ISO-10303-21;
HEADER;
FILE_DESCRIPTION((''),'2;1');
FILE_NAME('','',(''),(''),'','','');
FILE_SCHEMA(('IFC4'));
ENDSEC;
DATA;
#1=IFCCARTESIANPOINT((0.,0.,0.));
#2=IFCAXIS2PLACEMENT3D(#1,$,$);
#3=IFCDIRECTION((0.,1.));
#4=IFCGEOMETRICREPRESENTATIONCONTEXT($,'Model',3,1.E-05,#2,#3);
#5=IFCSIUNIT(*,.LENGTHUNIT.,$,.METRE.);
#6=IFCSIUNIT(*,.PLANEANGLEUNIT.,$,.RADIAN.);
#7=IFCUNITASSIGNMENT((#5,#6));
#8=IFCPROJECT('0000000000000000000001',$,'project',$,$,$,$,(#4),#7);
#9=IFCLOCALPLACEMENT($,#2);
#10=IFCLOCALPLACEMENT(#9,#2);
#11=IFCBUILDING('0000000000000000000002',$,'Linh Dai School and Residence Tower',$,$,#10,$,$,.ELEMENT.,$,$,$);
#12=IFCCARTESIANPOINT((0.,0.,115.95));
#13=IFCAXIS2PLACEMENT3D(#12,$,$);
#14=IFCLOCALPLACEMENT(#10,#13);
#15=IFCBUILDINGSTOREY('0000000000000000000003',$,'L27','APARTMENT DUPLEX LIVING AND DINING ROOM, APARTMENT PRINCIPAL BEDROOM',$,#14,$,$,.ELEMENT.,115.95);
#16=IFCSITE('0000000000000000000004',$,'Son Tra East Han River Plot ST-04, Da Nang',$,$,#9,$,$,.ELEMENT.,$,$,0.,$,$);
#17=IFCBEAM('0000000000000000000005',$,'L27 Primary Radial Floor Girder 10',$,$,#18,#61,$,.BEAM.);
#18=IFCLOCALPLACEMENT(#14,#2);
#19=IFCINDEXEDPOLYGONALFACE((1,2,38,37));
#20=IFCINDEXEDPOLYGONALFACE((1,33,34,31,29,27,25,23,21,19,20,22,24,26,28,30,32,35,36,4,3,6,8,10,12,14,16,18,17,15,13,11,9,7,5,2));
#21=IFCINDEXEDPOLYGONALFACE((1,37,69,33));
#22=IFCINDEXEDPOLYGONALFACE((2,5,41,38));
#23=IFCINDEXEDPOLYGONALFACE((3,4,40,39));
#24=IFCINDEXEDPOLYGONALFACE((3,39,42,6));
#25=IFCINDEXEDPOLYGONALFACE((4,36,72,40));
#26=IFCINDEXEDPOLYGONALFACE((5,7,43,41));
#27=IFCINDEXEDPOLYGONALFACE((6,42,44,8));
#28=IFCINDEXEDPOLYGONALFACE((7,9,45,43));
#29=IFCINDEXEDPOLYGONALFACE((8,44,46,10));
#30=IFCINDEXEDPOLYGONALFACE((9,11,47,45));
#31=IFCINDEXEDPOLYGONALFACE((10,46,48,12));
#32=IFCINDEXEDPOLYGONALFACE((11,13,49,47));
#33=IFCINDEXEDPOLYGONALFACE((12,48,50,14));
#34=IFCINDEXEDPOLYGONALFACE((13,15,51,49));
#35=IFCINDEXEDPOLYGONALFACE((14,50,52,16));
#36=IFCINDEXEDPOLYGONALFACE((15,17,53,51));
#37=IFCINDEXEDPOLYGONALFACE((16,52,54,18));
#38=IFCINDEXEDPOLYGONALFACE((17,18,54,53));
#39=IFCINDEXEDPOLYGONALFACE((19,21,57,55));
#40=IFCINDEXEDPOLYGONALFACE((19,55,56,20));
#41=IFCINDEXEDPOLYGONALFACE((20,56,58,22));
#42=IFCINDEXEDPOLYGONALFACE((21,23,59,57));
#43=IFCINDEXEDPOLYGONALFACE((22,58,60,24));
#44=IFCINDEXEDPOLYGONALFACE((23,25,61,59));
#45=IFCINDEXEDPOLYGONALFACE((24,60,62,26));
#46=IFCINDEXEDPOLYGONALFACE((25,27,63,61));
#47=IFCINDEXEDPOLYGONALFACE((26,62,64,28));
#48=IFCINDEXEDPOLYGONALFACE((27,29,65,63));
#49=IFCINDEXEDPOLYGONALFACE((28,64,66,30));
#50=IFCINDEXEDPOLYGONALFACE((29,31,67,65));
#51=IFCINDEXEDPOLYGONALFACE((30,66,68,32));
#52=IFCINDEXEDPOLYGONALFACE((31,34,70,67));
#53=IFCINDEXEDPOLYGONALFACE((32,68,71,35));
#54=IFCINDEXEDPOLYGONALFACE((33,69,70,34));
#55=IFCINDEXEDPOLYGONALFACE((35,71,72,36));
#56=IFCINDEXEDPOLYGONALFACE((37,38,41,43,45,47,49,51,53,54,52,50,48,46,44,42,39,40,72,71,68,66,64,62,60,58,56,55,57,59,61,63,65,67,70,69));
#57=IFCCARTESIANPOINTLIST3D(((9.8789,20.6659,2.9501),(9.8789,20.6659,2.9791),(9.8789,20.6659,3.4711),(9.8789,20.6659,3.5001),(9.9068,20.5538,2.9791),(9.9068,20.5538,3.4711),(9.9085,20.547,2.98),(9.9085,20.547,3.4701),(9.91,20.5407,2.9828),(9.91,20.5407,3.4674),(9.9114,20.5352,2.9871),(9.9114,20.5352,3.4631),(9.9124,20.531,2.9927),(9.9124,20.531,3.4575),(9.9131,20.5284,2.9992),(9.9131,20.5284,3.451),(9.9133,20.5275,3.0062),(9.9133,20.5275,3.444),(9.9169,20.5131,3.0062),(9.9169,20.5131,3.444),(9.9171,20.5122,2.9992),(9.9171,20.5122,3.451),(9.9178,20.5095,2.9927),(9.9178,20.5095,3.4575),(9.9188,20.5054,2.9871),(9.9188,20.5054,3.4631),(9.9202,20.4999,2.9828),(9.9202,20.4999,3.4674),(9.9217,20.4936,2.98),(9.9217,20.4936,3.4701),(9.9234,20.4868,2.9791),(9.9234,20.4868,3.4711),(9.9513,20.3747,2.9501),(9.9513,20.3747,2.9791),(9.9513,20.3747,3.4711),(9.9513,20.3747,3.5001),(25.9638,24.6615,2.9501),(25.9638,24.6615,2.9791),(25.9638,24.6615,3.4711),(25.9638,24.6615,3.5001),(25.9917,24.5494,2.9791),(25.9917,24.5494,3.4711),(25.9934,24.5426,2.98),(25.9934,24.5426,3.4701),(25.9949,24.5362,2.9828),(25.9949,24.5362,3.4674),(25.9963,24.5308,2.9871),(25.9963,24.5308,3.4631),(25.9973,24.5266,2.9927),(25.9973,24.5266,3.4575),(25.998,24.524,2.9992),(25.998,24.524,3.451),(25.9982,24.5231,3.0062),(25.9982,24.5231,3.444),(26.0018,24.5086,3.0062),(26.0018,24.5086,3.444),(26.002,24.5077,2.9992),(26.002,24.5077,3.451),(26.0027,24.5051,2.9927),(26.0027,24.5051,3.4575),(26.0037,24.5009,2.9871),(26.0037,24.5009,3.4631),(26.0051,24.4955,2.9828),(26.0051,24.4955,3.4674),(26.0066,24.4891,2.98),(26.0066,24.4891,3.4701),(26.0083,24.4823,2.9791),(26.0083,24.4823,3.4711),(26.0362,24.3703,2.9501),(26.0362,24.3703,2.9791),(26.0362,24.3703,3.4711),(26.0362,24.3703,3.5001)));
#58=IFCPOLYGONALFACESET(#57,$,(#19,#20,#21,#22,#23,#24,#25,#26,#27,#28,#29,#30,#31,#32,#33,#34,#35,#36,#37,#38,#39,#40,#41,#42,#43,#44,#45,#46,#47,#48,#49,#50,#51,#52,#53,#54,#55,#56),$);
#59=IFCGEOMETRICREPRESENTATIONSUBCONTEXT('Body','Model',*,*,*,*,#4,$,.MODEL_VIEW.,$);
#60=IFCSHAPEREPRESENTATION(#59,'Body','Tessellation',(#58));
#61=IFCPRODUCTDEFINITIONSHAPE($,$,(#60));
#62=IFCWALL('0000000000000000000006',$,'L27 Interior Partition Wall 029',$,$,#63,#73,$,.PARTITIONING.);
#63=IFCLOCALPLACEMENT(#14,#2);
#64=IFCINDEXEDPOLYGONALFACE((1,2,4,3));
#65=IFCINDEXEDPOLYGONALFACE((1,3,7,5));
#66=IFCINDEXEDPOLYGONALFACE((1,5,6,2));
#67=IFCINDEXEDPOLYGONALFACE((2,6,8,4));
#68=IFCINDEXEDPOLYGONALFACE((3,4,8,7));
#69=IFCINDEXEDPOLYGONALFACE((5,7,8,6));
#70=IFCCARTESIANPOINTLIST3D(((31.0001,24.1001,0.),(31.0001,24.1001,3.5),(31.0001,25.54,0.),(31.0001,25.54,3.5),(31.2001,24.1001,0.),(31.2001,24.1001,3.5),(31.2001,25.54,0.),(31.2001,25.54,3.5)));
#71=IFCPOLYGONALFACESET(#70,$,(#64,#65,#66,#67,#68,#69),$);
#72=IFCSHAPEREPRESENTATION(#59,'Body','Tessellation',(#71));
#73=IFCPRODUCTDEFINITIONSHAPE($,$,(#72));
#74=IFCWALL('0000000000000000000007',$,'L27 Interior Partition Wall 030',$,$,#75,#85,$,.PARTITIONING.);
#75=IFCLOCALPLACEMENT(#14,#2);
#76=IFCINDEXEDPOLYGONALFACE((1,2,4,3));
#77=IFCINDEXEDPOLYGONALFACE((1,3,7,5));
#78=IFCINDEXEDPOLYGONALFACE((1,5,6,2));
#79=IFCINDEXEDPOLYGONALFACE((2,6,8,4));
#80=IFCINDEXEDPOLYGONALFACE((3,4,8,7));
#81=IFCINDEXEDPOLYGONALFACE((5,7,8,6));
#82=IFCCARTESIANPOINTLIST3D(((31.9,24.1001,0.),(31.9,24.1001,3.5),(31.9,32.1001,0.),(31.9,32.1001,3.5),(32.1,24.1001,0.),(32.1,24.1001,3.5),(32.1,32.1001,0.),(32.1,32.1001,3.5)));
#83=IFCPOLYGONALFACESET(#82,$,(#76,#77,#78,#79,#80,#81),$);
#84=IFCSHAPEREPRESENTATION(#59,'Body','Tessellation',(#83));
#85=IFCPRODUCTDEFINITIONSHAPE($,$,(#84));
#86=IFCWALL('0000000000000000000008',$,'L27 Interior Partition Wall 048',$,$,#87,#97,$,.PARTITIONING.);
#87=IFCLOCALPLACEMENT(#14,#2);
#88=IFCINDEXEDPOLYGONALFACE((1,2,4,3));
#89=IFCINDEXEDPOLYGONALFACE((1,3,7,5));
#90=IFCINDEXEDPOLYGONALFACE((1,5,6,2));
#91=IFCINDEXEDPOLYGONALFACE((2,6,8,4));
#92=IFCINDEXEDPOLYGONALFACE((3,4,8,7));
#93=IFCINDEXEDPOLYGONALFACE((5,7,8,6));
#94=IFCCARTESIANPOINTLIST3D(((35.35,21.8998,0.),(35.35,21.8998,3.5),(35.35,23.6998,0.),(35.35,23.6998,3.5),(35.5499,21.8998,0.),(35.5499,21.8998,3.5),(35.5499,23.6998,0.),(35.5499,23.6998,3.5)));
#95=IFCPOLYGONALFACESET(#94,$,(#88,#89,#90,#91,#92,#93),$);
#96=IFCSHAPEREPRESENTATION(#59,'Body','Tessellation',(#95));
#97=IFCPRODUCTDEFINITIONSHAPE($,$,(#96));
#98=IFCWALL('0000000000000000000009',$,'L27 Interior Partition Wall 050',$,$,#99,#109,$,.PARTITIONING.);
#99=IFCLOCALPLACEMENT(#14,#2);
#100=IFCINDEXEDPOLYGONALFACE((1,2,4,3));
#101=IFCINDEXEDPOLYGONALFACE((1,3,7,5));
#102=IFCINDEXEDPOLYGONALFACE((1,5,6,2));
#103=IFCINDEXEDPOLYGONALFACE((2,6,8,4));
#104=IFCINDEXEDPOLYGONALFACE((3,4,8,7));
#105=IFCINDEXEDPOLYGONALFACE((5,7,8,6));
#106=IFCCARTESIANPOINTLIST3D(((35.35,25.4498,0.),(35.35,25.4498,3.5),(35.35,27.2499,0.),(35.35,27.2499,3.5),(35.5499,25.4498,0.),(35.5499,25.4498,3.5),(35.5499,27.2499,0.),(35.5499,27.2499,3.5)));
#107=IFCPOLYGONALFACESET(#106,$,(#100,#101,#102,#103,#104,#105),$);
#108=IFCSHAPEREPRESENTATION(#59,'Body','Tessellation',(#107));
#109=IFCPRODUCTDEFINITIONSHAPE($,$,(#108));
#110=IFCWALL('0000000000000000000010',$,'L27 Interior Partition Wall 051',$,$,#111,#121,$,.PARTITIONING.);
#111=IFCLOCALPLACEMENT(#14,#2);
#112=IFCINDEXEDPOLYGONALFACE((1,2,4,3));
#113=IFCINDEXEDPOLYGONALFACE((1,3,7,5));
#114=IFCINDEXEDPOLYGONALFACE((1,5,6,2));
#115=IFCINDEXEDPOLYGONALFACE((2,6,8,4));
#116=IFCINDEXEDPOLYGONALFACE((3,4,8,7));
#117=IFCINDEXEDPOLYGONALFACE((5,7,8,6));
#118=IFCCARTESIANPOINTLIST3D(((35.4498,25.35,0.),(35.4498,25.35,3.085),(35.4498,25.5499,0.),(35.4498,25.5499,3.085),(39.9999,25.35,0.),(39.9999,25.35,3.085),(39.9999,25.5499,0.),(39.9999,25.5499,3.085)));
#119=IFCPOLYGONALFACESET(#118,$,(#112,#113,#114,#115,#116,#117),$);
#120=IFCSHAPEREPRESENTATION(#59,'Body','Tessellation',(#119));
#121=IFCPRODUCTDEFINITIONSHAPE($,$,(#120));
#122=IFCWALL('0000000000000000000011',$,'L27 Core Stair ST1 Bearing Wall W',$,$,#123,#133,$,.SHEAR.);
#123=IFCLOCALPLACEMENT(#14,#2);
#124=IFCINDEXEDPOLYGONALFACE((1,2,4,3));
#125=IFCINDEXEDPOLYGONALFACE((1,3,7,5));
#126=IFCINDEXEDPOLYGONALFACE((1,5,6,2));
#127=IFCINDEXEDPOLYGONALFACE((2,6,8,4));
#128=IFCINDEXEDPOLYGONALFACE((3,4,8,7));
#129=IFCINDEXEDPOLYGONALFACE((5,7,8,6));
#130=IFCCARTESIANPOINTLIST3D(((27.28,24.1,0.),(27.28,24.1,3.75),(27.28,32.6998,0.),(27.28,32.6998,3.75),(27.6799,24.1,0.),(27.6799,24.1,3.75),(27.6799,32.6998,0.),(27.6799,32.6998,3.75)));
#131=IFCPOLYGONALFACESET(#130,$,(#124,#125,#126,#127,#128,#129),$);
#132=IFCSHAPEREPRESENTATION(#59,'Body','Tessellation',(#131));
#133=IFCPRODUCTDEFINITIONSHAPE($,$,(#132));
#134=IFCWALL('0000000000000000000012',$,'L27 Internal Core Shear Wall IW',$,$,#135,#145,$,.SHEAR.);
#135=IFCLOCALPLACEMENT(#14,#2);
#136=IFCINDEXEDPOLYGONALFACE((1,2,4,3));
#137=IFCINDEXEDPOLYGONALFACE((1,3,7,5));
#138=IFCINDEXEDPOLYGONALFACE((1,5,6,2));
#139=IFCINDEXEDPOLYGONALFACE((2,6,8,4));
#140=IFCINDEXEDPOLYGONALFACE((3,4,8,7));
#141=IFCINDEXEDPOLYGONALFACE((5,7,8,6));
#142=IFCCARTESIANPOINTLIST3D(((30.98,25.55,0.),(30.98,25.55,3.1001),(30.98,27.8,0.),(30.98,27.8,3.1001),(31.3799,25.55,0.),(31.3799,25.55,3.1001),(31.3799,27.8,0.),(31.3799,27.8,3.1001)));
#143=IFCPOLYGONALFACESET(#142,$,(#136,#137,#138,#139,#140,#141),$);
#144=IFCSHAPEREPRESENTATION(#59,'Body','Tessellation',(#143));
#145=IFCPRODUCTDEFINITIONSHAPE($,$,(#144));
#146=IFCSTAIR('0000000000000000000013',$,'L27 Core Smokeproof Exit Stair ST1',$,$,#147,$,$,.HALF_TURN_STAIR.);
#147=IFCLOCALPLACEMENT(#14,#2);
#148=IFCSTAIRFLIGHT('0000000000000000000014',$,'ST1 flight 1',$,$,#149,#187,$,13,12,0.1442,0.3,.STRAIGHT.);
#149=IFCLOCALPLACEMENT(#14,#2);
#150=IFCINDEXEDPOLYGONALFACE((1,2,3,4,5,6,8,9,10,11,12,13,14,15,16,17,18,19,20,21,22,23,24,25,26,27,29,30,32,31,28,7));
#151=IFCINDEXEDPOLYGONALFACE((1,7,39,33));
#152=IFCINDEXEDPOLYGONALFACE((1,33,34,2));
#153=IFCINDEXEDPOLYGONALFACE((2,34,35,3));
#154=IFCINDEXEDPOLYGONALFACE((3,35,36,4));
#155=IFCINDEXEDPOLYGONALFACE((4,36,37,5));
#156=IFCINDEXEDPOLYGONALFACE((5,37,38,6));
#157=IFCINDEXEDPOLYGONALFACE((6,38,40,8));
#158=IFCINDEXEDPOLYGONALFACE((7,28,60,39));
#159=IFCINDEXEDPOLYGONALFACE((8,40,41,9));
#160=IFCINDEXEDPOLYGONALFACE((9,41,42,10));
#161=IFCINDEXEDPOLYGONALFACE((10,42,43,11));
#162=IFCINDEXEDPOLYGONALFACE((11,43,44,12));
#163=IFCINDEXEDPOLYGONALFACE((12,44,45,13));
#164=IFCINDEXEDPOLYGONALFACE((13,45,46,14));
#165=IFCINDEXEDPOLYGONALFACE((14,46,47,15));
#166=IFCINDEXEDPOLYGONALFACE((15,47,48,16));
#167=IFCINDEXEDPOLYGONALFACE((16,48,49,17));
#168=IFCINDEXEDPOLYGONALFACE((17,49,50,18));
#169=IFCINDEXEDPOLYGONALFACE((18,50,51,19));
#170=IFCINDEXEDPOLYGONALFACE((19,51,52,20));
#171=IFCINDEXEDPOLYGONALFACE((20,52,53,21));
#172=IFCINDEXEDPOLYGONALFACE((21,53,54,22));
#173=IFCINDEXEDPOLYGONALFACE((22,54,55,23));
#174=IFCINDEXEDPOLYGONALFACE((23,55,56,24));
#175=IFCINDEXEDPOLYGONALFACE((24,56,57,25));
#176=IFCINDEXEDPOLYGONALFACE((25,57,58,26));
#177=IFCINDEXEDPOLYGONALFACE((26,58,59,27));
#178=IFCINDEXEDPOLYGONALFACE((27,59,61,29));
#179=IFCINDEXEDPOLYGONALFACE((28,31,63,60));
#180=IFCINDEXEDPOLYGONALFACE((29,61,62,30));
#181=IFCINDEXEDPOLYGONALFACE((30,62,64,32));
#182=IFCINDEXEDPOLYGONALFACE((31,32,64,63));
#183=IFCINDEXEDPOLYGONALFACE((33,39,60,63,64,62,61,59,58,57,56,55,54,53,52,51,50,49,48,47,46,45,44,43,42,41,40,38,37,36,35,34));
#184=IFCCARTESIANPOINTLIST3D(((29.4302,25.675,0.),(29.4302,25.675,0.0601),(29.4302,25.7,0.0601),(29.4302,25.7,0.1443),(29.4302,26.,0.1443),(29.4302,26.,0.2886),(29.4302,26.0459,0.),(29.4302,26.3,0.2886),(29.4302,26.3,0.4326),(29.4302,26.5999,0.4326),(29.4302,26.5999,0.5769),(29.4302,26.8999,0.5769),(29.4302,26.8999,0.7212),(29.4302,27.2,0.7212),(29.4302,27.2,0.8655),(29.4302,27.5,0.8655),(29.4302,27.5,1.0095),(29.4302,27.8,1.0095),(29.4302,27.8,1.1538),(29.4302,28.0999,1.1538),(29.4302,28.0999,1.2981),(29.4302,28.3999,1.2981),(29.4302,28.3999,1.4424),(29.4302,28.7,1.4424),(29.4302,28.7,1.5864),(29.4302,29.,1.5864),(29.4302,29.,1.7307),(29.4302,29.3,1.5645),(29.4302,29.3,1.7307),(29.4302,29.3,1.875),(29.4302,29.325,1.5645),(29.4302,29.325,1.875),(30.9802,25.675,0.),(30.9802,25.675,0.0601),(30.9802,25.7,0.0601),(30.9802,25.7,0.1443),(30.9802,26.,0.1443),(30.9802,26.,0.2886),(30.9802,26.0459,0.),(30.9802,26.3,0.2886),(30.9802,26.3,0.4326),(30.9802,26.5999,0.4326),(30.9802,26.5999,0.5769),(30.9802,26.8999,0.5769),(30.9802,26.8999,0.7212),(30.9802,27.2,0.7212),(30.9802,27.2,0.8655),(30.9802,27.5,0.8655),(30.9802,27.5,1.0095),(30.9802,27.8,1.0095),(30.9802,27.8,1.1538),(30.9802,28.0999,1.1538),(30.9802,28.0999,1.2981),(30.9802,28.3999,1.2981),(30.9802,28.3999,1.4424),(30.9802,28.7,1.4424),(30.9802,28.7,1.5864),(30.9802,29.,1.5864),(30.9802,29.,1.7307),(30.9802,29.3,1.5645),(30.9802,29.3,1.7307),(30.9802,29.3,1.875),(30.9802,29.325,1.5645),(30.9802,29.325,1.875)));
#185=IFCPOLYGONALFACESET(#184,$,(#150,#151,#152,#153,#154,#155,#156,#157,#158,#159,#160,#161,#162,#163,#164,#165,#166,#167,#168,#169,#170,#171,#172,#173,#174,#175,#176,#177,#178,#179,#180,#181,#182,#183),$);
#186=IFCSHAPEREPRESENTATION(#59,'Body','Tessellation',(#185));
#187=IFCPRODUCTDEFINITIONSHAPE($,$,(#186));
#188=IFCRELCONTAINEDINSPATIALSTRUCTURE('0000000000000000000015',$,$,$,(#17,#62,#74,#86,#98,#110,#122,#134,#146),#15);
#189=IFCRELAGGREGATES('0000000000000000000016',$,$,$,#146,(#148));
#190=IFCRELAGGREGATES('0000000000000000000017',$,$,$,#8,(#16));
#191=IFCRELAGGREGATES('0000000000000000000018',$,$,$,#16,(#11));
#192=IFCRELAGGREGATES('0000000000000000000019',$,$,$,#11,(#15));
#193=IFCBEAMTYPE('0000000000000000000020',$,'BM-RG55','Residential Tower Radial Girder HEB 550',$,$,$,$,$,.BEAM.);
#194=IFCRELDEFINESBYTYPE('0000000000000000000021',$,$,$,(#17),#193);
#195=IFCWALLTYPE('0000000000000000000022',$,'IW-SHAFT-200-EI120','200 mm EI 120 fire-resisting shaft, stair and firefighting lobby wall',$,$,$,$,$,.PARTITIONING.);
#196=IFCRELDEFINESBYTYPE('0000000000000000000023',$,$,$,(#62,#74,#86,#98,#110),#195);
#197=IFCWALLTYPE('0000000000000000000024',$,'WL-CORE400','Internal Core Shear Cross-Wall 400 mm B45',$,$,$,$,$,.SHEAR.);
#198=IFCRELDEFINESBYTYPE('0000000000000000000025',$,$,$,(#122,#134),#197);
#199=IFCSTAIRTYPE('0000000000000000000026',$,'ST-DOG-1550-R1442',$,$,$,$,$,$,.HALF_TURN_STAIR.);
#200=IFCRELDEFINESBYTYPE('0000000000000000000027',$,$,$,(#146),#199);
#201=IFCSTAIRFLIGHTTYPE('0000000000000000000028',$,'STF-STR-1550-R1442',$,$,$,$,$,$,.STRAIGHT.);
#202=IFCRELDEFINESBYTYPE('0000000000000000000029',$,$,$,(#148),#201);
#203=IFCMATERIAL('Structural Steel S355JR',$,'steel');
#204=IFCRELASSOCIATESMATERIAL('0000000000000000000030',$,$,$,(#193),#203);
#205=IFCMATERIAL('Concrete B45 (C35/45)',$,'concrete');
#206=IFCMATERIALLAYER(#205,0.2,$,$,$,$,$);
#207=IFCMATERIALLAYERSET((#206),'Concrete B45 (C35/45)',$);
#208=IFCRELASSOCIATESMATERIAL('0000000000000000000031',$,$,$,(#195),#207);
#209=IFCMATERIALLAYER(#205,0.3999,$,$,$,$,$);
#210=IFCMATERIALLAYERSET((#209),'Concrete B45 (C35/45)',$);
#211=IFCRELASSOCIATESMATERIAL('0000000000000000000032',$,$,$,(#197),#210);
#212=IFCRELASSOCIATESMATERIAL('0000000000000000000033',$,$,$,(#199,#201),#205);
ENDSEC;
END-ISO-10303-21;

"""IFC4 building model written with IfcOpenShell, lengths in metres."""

from ifc_helpers import new_model, si_unit, direction, frame, frame_2d, origin, origin_2d, place, context, subcontext, project, spatial, polyline, rectangle, i_section, outline, extrude, source, transform, mapped, material, layer, layer_set, material_profile, profile_set, type_object, element, aggregate, save


model = new_model("IFC4")

# Units and contexts
model_context = context("Model", 3, precision=1e-05, world=origin(), true_north=direction((0.0, 1.0)))
body_context = subcontext(model_context, "Body", "Model", "MODEL_VIEW")
ifc_project = project(units=[si_unit("LENGTHUNIT", "METRE"), si_unit("PLANEANGLEUNIT", "RADIAN")], contexts=[model_context])

# Site, building, storey
site_placement = place(None, origin())
site = spatial("IfcSite", under=ifc_project, at=site_placement, Name="Son Tra East Han River Plot ST-04, Da Nang", CompositionType="ELEMENT", RefElevation=0.0)
building_placement = place(site_placement, origin())
building = spatial("IfcBuilding", under=site, at=building_placement, Name="Linh Dai School and Residence Tower", CompositionType="ELEMENT")
storey_placement = place(building_placement, frame((0.0, 0.0, 115.95)))
storey = spatial("IfcBuildingStorey", under=building, at=storey_placement, Name="L27", Description="APARTMENT DUPLEX LIVING AND DINING ROOM, APARTMENT PRINCIPAL BEDROOM", CompositionType="ELEMENT", Elevation=115.95)

# Shared definitions
ifc_material_1 = material(Name="Structural Steel S355JR", Category="steel")

# Beam
ifc_material_profile_1 = material_profile(ifc_material_1, i_section(OverallWidth=0.3, OverallDepth=0.55, WebThickness=0.0149, FlangeThickness=0.0291, FilletRadius=0.0271, at=origin_2d()), Name="HEB 550")
ifc_profile_set_1 = profile_set([ifc_material_profile_1], Name="Structural Steel S355JR")
beam_type = type_object("IfcBeamType", Name="BM-RG55", Description="Residential Tower Radial Girder HEB 550", PredefinedType="BEAM", material=ifc_profile_set_1)
beam_placement = place(storey_placement, frame((26.0, 24.5159, 3.2251), z_axis=(-0.970505, -0.24108, 0.0), x_axis=(0.24108, -0.970505, 0.0)))
element("IfcBeam", 1, at=beam_placement, inside=storey, type_object=beam_type, Name="L27 Primary Radial Floor Girder 10", PredefinedType="BEAM", context=body_context, shape_type="SweptSolid", body=[
    extrude(i_section(OverallWidth=0.3, OverallDepth=0.55, WebThickness=0.0149, FlangeThickness=0.0291, FilletRadius=0.0271, at=origin_2d()), origin(), (0.0, 0.0, 1.0), 16.5737),
])

# Shared definitions
ifc_material_2 = material(Name="Concrete B45 (C35/45)", Category="concrete")
ifc_layer_1 = layer(ifc_material_2, 0.2)
ifc_layer_set_1 = layer_set([ifc_layer_1], Name="Concrete B45 (C35/45)")
wall_type_1 = type_object("IfcWallType", Name="IW-SHAFT-200-EI120", Description="200 mm EI 120 fire-resisting shaft, stair and firefighting lobby wall", PredefinedType="PARTITIONING", material=ifc_layer_set_1)

# Walls
wall_1_placement = place(storey_placement, frame((31.1001, 24.1001, 0.0), z_axis=(0.0, 0.0, 1.0), x_axis=(0.0, 1.0, 0.0)))
element("IfcWall", 2, at=wall_1_placement, inside=storey, type_object=wall_type_1, Name="L27 Interior Partition Wall 029", PredefinedType="PARTITIONING", context=body_context, shape_type="SweptSolid", body=[
    extrude(rectangle(XDim=1.4399, YDim=0.2, at=frame_2d((0.72, 0.0))), origin(), (0.0, 0.0, 1.0), 3.5),
])
wall_2_placement = place(storey_placement, frame((32.0, 24.1001, 0.0), z_axis=(0.0, 0.0, 1.0), x_axis=(0.0, 1.0, 0.0)))
element("IfcWall", 3, at=wall_2_placement, inside=storey, type_object=wall_type_1, Name="L27 Interior Partition Wall 030", PredefinedType="PARTITIONING", context=body_context, shape_type="SweptSolid", body=[
    extrude(rectangle(XDim=8.0, YDim=0.2, at=frame_2d((4.0, 0.0))), origin(), (0.0, 0.0, 1.0), 3.5),
])

# Wall
wall_3_placement = place(storey_placement, frame((35.45, 21.8999, 0.0), z_axis=(0.0, 0.0, 1.0), x_axis=(0.0, 1.0, 0.0)))
element("IfcWall", 4, at=wall_3_placement, inside=storey, type_object=wall_type_1, Name="L27 Interior Partition Wall 048", PredefinedType="PARTITIONING", context=body_context, shape_type="SweptSolid", body=[
    extrude(rectangle(XDim=1.8, YDim=0.2, at=frame_2d((0.8999, 0.0))), origin(), (0.0, 0.0, 1.0), 3.5),
])

# Walls
wall_4_placement = place(storey_placement, frame((35.45, 25.45, 0.0), z_axis=(0.0, 0.0, 1.0), x_axis=(0.0, 1.0, 0.0)))
element("IfcWall", 5, at=wall_4_placement, inside=storey, type_object=wall_type_1, Name="L27 Interior Partition Wall 050", PredefinedType="PARTITIONING", context=body_context, shape_type="SweptSolid", body=[
    extrude(rectangle(XDim=1.8, YDim=0.2, at=frame_2d((0.8999, 0.0))), origin(), (0.0, 0.0, 1.0), 3.5),
])
wall_5_placement = place(storey_placement, frame((35.45, 25.45, 0.0), z_axis=(0.0, 0.0, 1.0), x_axis=(1.0, 0.0, 0.0)))
element("IfcWall", 6, at=wall_5_placement, inside=storey, type_object=wall_type_1, Name="L27 Interior Partition Wall 051", PredefinedType="PARTITIONING", context=body_context, shape_type="SweptSolid", body=[
    extrude(rectangle(XDim=4.55, YDim=0.2, at=frame_2d((2.2749, 0.0))), origin(), (0.0, 0.0, 1.0), 3.085),
])
ifc_layer_2 = layer(ifc_material_2, 0.3999)
ifc_layer_set_2 = layer_set([ifc_layer_2], Name="Concrete B45 (C35/45)")
wall_type_2 = type_object("IfcWallType", Name="WL-CORE400", Description="Internal Core Shear Cross-Wall 400 mm B45", PredefinedType="SHEAR", material=ifc_layer_set_2)
wall_6_placement = place(storey_placement, frame((27.48, 24.1001, 0.0), z_axis=(0.0, 0.0, 1.0), x_axis=(0.0, 1.0, 0.0)))
element("IfcWall", 7, at=wall_6_placement, inside=storey, type_object=wall_type_2, Name="L27 Core Stair ST1 Bearing Wall W", PredefinedType="SHEAR", context=body_context, shape_type="SweptSolid", body=[
    extrude(rectangle(XDim=8.5999, YDim=0.3999, at=frame_2d((4.2998, 0.0))), origin(), (0.0, 0.0, 1.0), 3.75),
])
wall_7_placement = place(storey_placement, frame((31.1799, 25.55, 0.0), z_axis=(0.0, 0.0, 1.0), x_axis=(0.0, 1.0, 0.0)))
element("IfcWall", 8, at=wall_7_placement, inside=storey, type_object=wall_type_2, Name="L27 Internal Core Shear Wall IW", PredefinedType="SHEAR", context=body_context, shape_type="SweptSolid", body=[
    extrude(rectangle(XDim=2.25, YDim=0.3999, at=frame_2d((1.125, 0.0))), origin(), (0.0, 0.0, 1.0), 3.1001),
])

# Stair, stair flight
stair_type = type_object("IfcStairType", Name="ST-DOG-1550-R1442", PredefinedType="HALF_TURN_STAIR", material=ifc_material_2)
stair_placement = place(storey_placement, origin())
stair = element("IfcStair", 9, at=stair_placement, inside=storey, type_object=stair_type, Name="L27 Core Smokeproof Exit Stair ST1", PredefinedType="HALF_TURN_STAIR")
stair_flight_type = type_object("IfcStairFlightType", Name="STF-STR-1550-R1442", PredefinedType="STRAIGHT", material=ifc_material_2)
shared_shape_1 = source(origin(), body_context, "Body", "SweptSolid", [
    extrude(outline(polyline([(-0.0249, 0.0), (-0.0249, 0.0601), (0.0, 0.0601), (0.0, 0.1443), (0.3, 0.1443), (0.3, 0.2886), (0.6001, 0.2886), (0.6001, 0.4326), (0.8999, 0.4326), (0.8999, 0.5769), (1.2, 0.5769), (1.2, 0.7212), (1.5, 0.7212), (1.5, 0.8655), (1.8, 0.8655), (1.8, 1.0095), (2.1001, 1.0095), (2.1001, 1.1538), (2.3999, 1.1538), (2.3999, 1.2981), (2.7, 1.2981), (2.7, 1.4424), (3.0, 1.4424), (3.0, 1.5864), (3.3, 1.5864), (3.3, 1.7307), (3.6001, 1.7307), (3.6001, 1.875), (3.625, 1.875), (3.625, 1.5645), (3.6001, 1.5645), (0.3459, 0.0), (-0.0249, 0.0)])), frame((0.0, 0.7749, 0.0), z_axis=(0.0, -1.0, 0.0), x_axis=(1.0, 0.0, 0.0)), (0.0, 0.0, 1.0), 1.55),
])
stair_flight_placement = place(storey_placement, frame((30.2051, 25.7, 0.0), z_axis=(0.0, 0.0, 1.0), x_axis=(0.0, 1.0, 0.0)))
stair_flight = element("IfcStairFlight", 10, at=stair_flight_placement, type_object=stair_flight_type, Name="ST1 flight 1", NumberOfRisers=13, NumberOfTreads=12, PredefinedType="STRAIGHT", RiserHeight=0.1442, TreadLength=0.3, context=body_context, shape_type="MappedRepresentation", body=[
    mapped(shared_shape_1, transform((0.0, 0.0, 0.0), x_axis=(1.0, 0.0, 0.0), y_axis=(0.0, 1.0, 0.0), z_axis=(0.0, 0.0, 1.0), scale=1.0)),
])
aggregate(stair, [stair_flight])

save(model, "model.ifc")
